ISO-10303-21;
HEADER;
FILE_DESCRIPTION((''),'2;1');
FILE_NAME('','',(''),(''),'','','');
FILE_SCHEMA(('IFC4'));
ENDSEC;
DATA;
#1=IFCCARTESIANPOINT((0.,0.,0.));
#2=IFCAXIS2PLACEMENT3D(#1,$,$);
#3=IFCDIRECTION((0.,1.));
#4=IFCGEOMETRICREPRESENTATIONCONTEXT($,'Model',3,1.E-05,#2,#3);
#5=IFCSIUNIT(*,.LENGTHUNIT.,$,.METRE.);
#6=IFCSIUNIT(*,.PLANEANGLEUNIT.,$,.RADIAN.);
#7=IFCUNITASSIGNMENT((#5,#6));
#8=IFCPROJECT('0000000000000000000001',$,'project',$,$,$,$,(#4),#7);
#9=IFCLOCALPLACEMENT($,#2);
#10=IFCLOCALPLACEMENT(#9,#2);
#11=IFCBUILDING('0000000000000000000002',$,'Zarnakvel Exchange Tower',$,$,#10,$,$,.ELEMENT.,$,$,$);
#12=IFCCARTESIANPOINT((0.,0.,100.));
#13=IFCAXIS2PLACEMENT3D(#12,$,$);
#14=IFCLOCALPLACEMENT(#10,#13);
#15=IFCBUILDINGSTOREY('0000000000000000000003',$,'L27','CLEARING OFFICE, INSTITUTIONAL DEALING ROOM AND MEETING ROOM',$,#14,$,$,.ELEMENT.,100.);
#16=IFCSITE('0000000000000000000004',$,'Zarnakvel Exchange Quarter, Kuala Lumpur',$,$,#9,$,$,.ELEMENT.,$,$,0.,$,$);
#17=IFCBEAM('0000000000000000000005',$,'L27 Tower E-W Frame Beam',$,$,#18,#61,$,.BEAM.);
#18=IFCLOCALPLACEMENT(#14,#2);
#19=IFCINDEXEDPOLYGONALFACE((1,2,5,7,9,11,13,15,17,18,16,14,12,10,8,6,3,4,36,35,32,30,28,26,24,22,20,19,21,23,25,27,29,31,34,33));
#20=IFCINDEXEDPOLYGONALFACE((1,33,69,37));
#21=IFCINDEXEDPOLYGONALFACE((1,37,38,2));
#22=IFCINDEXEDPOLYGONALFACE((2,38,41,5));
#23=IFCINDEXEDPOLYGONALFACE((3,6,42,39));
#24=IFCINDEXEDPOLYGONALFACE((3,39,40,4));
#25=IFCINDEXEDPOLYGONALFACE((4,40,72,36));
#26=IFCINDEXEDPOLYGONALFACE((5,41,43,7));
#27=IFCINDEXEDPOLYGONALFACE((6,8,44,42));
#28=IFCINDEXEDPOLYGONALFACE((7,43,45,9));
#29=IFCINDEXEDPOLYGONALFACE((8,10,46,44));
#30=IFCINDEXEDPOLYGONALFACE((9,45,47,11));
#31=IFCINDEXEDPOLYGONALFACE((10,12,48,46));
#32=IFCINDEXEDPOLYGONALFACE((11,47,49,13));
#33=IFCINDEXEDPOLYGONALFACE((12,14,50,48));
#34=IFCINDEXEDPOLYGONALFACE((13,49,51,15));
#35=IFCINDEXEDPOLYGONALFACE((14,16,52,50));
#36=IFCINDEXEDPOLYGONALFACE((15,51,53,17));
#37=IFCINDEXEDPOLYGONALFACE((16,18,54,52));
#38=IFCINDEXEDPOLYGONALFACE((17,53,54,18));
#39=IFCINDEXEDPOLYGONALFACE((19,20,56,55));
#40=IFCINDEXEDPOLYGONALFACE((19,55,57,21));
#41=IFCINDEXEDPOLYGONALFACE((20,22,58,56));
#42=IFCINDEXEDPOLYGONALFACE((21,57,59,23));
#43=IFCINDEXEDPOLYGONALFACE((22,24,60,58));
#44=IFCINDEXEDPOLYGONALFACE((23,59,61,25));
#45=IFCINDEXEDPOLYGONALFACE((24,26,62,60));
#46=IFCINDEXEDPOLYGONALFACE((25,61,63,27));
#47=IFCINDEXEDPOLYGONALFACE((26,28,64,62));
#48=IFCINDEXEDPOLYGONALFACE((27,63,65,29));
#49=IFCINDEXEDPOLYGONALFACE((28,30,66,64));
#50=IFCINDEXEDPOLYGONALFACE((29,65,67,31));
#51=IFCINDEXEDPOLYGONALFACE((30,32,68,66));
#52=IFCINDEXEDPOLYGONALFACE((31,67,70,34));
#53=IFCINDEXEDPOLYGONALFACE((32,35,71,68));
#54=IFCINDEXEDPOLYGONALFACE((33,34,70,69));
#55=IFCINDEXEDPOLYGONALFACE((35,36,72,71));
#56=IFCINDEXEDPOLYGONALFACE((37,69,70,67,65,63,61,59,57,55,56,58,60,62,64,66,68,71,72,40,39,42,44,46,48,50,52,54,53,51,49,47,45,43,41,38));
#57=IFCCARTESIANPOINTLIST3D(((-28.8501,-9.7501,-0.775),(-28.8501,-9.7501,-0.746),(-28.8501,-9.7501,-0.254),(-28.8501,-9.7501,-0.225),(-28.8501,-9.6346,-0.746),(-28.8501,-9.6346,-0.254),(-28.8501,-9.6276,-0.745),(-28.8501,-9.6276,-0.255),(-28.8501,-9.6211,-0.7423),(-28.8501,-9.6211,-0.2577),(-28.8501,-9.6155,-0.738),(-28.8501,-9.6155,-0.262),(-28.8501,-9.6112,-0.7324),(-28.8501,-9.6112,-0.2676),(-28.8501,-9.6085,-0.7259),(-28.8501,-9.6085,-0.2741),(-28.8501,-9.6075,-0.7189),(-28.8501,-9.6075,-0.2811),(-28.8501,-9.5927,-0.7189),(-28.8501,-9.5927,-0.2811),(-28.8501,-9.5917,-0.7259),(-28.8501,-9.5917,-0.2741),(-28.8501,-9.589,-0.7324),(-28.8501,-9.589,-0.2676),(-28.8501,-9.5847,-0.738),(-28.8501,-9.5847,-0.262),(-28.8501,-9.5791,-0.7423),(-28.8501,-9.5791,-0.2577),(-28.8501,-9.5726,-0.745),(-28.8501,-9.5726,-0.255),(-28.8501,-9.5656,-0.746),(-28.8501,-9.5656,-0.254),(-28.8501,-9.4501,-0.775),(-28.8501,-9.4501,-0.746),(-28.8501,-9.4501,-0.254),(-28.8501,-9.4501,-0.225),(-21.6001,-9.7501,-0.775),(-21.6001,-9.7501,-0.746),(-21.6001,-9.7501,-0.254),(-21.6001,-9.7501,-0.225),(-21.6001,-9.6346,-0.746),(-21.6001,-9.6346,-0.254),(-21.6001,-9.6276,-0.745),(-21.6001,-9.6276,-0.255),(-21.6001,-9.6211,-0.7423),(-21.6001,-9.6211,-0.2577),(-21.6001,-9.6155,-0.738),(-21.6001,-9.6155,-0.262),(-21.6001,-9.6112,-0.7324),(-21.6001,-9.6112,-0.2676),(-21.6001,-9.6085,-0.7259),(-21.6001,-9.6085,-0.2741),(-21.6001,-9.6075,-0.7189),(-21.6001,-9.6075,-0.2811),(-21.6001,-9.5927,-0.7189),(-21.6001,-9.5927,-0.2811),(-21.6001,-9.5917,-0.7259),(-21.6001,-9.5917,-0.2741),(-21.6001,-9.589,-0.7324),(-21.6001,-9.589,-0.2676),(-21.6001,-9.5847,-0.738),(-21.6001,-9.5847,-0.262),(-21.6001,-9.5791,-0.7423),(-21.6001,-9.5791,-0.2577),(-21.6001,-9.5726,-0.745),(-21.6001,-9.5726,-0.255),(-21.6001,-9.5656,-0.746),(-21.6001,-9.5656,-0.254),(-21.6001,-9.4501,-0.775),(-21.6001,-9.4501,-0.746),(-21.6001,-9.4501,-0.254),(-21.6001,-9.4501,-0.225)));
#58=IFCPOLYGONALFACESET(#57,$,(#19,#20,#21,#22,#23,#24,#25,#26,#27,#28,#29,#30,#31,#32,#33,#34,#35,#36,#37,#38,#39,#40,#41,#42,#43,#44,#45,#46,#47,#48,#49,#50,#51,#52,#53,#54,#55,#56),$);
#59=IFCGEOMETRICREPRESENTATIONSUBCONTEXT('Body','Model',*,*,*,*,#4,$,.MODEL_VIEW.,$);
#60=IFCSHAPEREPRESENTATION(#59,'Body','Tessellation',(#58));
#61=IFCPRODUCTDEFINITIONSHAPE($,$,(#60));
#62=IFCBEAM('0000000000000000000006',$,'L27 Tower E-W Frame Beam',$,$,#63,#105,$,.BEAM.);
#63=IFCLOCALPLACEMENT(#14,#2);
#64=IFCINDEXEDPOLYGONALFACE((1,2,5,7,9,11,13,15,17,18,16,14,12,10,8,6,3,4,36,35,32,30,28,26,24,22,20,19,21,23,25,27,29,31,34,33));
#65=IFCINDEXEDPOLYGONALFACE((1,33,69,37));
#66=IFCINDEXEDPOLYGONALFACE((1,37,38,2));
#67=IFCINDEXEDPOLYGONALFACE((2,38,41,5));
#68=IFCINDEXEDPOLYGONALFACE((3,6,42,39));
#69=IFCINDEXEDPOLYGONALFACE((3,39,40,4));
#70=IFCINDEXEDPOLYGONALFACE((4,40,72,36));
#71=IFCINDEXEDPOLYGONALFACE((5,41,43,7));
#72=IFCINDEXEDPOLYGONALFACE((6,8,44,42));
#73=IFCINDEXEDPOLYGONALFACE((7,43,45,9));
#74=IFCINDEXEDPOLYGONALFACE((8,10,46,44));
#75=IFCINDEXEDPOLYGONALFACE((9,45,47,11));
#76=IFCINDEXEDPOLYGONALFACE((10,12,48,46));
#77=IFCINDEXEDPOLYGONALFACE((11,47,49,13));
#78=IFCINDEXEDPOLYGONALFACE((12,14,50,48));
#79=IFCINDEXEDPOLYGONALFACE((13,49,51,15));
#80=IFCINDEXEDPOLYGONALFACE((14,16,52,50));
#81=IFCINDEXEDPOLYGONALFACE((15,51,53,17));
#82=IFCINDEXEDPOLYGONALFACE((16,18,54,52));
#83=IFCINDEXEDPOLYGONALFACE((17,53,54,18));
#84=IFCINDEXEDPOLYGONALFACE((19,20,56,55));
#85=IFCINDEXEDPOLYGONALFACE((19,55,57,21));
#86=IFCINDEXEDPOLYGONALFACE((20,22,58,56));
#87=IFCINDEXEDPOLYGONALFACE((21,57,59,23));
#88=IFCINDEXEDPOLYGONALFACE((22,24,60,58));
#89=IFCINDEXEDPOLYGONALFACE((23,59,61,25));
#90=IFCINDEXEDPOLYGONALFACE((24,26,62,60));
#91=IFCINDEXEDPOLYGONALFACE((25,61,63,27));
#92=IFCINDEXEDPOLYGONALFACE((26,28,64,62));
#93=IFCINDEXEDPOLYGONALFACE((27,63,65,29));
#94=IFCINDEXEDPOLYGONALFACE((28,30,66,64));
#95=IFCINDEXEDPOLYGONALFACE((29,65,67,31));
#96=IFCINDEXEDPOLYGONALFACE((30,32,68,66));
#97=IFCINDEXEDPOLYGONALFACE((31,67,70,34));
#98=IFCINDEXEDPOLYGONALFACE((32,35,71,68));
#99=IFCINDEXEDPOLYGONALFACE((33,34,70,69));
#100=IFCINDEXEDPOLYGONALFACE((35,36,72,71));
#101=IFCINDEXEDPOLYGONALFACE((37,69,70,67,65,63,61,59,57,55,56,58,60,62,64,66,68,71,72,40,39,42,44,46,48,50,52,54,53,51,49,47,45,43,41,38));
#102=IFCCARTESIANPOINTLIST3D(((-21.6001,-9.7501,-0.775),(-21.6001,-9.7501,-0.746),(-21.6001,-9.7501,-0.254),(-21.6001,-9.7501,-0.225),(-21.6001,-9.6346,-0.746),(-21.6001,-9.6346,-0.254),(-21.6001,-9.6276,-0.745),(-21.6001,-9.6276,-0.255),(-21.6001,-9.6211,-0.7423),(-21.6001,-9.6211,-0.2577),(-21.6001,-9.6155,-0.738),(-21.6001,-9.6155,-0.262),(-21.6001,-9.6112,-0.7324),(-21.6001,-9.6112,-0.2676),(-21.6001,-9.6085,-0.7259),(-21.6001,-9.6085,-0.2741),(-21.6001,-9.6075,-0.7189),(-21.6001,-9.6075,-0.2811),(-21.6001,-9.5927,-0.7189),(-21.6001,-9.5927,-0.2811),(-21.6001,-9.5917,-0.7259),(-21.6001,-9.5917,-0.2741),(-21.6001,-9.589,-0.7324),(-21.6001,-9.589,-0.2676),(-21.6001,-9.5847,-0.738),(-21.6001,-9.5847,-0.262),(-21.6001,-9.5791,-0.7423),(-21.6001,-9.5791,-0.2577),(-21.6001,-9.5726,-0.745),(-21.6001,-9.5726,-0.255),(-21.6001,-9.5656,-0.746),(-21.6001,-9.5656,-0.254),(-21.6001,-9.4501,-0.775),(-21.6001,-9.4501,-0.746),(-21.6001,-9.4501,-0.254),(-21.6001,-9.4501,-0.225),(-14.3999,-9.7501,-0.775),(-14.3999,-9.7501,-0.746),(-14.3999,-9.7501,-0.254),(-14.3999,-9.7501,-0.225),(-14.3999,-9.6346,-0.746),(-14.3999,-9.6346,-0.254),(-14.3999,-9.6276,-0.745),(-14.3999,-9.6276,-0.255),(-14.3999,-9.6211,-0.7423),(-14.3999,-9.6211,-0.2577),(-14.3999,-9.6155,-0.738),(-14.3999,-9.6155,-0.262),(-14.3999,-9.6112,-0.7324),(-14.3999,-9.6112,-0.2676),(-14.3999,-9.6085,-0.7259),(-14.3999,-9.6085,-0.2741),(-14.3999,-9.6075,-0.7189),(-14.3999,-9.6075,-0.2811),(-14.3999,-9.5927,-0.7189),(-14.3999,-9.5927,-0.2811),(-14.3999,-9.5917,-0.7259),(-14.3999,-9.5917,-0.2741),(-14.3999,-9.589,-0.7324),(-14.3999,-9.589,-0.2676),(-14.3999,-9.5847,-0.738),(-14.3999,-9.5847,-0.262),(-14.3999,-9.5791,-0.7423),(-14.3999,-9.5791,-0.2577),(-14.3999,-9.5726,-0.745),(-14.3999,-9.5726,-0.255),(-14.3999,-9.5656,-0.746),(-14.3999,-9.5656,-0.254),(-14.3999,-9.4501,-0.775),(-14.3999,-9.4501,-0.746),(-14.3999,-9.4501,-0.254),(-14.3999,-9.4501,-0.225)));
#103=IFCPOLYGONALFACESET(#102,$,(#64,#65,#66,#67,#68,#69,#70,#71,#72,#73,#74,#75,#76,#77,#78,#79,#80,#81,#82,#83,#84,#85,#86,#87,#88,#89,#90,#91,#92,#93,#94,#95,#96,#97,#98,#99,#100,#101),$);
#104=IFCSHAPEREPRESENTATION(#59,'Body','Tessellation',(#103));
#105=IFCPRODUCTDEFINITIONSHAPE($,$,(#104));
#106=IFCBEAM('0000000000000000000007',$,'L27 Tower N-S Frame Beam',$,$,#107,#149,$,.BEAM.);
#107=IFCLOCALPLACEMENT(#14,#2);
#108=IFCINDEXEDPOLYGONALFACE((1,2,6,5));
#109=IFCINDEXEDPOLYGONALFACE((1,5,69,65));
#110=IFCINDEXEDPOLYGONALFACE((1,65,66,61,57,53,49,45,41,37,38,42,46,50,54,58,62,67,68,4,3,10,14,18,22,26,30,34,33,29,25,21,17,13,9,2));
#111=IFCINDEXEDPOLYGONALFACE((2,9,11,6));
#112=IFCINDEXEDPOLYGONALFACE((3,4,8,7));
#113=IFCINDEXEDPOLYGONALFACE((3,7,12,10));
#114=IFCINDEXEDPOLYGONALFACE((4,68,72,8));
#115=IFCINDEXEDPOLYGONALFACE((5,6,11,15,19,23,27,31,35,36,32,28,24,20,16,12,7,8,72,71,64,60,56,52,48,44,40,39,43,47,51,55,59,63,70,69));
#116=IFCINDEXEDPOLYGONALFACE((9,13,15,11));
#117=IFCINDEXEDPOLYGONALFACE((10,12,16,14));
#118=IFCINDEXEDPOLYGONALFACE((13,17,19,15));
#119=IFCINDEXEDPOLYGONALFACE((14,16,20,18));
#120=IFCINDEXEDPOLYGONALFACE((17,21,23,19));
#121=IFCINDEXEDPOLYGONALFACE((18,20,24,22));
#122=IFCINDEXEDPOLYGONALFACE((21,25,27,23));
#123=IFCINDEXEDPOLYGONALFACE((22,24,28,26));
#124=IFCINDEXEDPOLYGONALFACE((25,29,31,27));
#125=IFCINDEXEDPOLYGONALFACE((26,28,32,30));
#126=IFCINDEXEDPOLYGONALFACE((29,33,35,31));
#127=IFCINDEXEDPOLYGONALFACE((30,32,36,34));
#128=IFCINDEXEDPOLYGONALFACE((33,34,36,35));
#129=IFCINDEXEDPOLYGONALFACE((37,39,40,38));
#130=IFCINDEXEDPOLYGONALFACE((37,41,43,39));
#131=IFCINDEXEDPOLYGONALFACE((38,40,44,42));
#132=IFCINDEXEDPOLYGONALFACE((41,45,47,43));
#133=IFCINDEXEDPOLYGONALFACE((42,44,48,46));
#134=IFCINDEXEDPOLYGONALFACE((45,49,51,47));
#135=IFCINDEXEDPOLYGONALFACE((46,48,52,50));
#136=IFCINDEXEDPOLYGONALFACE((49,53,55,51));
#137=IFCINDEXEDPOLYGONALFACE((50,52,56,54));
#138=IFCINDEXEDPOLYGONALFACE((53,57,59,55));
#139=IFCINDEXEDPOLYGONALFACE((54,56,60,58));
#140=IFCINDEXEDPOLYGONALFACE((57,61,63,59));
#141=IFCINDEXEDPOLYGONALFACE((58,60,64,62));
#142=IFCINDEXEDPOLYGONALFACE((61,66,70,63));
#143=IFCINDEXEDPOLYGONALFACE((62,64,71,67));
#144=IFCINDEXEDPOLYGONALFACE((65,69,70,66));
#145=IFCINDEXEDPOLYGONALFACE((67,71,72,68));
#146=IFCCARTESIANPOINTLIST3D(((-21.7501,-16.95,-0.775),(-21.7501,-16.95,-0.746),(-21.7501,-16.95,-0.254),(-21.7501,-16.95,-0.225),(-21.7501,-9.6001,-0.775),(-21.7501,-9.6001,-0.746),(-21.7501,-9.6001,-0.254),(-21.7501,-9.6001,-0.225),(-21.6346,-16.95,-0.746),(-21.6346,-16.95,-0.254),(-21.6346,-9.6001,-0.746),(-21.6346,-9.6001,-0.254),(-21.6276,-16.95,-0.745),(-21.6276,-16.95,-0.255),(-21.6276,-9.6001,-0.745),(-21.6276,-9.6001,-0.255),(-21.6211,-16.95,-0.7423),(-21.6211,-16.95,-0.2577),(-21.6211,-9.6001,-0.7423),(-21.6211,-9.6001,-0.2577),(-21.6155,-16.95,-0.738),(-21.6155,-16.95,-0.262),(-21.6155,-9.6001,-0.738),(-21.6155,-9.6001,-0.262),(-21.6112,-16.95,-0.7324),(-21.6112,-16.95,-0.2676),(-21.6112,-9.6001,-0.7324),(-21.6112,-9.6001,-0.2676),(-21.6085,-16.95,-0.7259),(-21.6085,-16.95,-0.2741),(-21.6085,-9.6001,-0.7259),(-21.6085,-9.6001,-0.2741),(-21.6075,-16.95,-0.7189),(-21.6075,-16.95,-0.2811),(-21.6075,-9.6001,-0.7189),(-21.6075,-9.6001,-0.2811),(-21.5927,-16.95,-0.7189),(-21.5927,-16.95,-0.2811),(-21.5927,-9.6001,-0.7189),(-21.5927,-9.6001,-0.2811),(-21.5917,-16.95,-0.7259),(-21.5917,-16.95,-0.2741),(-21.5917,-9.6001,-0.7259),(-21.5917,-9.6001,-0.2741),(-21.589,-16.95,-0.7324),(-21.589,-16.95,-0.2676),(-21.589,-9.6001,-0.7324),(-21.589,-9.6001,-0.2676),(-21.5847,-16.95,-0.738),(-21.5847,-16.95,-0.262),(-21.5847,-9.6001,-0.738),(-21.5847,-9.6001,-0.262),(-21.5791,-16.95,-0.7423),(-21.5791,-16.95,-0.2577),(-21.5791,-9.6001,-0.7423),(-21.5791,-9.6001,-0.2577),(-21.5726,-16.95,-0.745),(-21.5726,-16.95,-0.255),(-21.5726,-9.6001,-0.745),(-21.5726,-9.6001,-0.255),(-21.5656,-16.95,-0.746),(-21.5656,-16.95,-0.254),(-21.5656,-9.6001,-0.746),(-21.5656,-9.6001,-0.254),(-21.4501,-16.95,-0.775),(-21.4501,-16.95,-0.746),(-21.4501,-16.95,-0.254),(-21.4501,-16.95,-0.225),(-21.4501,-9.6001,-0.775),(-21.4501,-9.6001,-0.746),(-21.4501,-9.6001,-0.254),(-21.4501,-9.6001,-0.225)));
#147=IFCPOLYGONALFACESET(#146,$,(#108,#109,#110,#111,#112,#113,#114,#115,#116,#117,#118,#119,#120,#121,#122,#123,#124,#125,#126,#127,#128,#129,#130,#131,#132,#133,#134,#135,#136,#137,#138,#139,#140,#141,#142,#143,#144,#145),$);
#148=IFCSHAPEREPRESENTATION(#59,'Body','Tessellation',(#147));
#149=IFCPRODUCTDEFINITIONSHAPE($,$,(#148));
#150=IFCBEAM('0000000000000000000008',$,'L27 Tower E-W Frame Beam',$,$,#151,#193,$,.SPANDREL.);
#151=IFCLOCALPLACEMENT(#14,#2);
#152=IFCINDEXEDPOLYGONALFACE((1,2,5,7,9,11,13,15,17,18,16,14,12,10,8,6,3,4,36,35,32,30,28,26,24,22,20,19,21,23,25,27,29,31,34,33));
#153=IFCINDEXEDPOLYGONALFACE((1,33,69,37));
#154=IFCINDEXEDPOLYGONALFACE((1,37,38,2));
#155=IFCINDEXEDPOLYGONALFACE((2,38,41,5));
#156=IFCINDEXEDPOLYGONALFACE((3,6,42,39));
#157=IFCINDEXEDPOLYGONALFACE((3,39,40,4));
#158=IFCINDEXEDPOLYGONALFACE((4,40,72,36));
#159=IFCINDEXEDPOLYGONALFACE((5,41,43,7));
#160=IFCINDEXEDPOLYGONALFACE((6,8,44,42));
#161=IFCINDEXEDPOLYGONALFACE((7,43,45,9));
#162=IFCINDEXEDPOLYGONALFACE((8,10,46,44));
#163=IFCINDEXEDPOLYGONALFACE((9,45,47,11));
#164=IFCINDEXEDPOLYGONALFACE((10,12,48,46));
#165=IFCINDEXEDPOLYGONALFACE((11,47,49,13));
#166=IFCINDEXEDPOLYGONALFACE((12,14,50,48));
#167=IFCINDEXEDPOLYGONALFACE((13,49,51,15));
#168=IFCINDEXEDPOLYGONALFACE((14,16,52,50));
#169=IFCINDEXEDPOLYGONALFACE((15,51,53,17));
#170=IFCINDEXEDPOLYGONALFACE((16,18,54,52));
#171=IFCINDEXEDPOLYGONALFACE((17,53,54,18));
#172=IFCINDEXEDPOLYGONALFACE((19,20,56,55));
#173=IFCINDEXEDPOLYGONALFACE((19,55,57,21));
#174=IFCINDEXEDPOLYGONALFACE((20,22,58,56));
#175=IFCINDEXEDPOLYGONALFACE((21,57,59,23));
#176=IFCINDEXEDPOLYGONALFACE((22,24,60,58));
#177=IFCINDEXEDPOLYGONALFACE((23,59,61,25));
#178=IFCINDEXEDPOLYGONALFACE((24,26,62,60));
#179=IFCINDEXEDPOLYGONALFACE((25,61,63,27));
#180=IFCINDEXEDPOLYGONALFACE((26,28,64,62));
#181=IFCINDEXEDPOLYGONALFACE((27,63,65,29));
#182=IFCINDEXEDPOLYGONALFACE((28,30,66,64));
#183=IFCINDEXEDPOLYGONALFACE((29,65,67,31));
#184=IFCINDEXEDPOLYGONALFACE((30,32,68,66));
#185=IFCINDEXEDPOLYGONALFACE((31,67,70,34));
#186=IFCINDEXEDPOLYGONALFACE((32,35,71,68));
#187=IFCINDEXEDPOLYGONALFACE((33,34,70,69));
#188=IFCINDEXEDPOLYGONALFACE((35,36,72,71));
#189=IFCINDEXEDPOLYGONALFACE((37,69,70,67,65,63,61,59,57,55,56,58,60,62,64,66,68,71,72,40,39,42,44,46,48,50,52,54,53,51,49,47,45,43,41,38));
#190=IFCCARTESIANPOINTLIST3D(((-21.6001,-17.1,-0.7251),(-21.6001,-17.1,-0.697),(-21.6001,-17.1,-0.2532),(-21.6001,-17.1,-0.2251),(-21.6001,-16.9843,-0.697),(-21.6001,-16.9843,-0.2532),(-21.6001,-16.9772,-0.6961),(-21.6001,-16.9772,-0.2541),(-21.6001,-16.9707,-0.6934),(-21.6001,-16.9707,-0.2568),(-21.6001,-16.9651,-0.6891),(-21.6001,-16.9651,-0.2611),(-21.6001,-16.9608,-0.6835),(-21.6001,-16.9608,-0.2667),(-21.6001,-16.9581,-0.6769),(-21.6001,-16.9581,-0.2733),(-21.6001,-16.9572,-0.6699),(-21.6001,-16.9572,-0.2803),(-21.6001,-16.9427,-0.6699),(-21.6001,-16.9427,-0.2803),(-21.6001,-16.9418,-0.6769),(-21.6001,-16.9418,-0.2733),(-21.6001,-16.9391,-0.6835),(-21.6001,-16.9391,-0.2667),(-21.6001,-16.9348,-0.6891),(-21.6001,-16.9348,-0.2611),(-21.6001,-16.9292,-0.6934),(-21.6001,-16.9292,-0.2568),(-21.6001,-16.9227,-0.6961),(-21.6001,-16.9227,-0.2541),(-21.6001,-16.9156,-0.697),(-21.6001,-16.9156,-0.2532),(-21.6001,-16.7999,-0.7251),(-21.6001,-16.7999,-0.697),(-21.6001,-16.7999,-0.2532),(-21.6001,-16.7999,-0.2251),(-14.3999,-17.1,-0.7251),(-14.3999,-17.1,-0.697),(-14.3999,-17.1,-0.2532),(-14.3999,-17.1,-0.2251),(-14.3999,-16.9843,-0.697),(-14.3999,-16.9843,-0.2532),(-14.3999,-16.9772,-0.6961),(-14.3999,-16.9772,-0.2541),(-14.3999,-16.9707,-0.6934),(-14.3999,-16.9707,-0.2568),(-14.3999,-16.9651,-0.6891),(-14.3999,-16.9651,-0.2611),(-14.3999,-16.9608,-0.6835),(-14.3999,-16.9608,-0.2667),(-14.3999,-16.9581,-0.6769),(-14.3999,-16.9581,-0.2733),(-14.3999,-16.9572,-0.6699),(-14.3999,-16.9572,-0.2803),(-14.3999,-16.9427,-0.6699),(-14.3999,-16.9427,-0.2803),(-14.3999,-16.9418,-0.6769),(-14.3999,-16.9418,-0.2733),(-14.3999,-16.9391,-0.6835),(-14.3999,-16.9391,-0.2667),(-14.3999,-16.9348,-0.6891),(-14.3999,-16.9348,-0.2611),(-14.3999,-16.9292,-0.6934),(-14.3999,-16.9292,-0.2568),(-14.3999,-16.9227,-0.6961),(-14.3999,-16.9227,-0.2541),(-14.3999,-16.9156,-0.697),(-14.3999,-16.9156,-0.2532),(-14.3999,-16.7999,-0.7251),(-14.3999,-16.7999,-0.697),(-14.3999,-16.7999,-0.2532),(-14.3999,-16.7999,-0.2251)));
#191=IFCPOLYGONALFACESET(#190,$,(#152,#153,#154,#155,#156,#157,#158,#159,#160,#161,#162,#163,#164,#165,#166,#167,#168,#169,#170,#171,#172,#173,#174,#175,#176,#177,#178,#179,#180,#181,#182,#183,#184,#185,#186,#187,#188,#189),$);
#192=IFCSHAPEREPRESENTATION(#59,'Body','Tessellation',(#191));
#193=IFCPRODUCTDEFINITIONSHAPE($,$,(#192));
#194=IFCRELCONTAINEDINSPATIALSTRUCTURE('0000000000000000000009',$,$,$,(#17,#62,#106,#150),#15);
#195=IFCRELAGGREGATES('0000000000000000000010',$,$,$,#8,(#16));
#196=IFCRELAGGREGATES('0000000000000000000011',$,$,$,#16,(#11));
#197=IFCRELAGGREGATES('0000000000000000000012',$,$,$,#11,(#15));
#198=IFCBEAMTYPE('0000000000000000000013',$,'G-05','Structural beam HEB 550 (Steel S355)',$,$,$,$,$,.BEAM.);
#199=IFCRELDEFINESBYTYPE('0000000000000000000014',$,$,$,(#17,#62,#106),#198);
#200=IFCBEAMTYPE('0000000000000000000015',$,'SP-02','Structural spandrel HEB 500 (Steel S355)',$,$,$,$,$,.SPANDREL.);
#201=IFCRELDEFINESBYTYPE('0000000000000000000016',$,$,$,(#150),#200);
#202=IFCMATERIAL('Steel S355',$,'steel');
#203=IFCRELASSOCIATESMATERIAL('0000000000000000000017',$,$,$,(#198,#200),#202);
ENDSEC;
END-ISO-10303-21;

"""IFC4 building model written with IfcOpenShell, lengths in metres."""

from ifc_helpers import new_model, si_unit, direction, frame, origin, origin_2d, place, context, subcontext, project, spatial, i_section, extrude, material, material_profile, profile_set, type_object, element, save


model = new_model("IFC4")

# Units and contexts
model_context = context("Model", 3, precision=1e-05, world=origin(), true_north=direction((0.0, 1.0)))
body_context = subcontext(model_context, "Body", "Model", "MODEL_VIEW")
ifc_project = project(units=[si_unit("LENGTHUNIT", "METRE"), si_unit("PLANEANGLEUNIT", "RADIAN")], contexts=[model_context])

# Site, building, storey
site_placement = place(None, origin())
site = spatial("IfcSite", under=ifc_project, at=site_placement, Name="Zarnakvel Exchange Quarter, Kuala Lumpur", CompositionType="ELEMENT", RefElevation=0.0)
building_placement = place(site_placement, origin())
building = spatial("IfcBuilding", under=site, at=building_placement, Name="Zarnakvel Exchange Tower", CompositionType="ELEMENT")
storey_placement = place(building_placement, frame((0.0, 0.0, 100.0)))
storey = spatial("IfcBuildingStorey", under=building, at=storey_placement, Name="L27", Description="CLEARING OFFICE, INSTITUTIONAL DEALING ROOM AND MEETING ROOM", CompositionType="ELEMENT", Elevation=100.0)

# Shared definitions
ifc_material_1 = material(Name="Steel S355", Category="steel")

# Beams
ifc_material_profile_1 = material_profile(ifc_material_1, i_section(OverallWidth=0.3, OverallDepth=0.55, WebThickness=0.0149, FlangeThickness=0.0291, FilletRadius=0.0271, at=origin_2d()))
ifc_profile_set_1 = profile_set([ifc_material_profile_1], Name="Steel S355")
beam_type_1 = type_object("IfcBeamType", Name="G-05", Description="Structural beam HEB 550 (Steel S355)", PredefinedType="BEAM", material=ifc_profile_set_1)
beam_1_placement = place(storey_placement, frame((-28.8501, -9.6001, -0.5), z_axis=(1.0, 0.0, 0.0), x_axis=(0.0, 1.0, 0.0)))
element("IfcBeam", 1, at=beam_1_placement, inside=storey, type_object=beam_type_1, Name="L27 Tower E-W Frame Beam", PredefinedType="BEAM", context=body_context, shape_type="SweptSolid", body=[
    extrude(i_section(OverallWidth=0.3, OverallDepth=0.55, WebThickness=0.0149, FlangeThickness=0.0291, FilletRadius=0.0271, at=origin_2d()), origin(), (0.0, 0.0, 1.0), 7.25),
])
beam_2_placement = place(storey_placement, frame((-21.6001, -9.6001, -0.5), z_axis=(1.0, 0.0, 0.0), x_axis=(0.0, 1.0, 0.0)))
element("IfcBeam", 2, at=beam_2_placement, inside=storey, type_object=beam_type_1, Name="L27 Tower E-W Frame Beam", PredefinedType="BEAM", context=body_context, shape_type="SweptSolid", body=[
    extrude(i_section(OverallWidth=0.3, OverallDepth=0.55, WebThickness=0.0149, FlangeThickness=0.0291, FilletRadius=0.0271, at=origin_2d()), origin(), (0.0, 0.0, 1.0), 7.2002),
])
beam_3_placement = place(storey_placement, frame((-21.6001, -16.95, -0.5), z_axis=(0.0, 1.0, 0.0), x_axis=(-1.0, 0.0, 0.0)))
element("IfcBeam", 3, at=beam_3_placement, inside=storey, type_object=beam_type_1, Name="L27 Tower N-S Frame Beam", PredefinedType="BEAM", context=body_context, shape_type="SweptSolid", body=[
    extrude(i_section(OverallWidth=0.3, OverallDepth=0.55, WebThickness=0.0149, FlangeThickness=0.0291, FilletRadius=0.0271, at=origin_2d()), origin(), (0.0, 0.0, 1.0), 7.3499),
])
ifc_material_profile_2 = material_profile(ifc_material_1, i_section(OverallWidth=0.3, OverallDepth=0.5, WebThickness=0.0144, FlangeThickness=0.0281, FilletRadius=0.0271, at=origin_2d()))
ifc_profile_set_2 = profile_set([ifc_material_profile_2], Name="Steel S355")
beam_type_2 = type_object("IfcBeamType", Name="SP-02", Description="Structural spandrel HEB 500 (Steel S355)", PredefinedType="SPANDREL", material=ifc_profile_set_2)
beam_4_placement = place(storey_placement, frame((-21.6001, -16.95, -0.4751), z_axis=(1.0, 0.0, 0.0), x_axis=(0.0, 1.0, 0.0)))
element("IfcBeam", 4, at=beam_4_placement, inside=storey, type_object=beam_type_2, Name="L27 Tower E-W Frame Beam", PredefinedType="SPANDREL", context=body_context, shape_type="SweptSolid", body=[
    extrude(i_section(OverallWidth=0.3, OverallDepth=0.5, WebThickness=0.0144, FlangeThickness=0.0281, FilletRadius=0.0271, at=origin_2d()), origin(), (0.0, 0.0, 1.0), 7.2002),
])

save(model, "model.ifc")
